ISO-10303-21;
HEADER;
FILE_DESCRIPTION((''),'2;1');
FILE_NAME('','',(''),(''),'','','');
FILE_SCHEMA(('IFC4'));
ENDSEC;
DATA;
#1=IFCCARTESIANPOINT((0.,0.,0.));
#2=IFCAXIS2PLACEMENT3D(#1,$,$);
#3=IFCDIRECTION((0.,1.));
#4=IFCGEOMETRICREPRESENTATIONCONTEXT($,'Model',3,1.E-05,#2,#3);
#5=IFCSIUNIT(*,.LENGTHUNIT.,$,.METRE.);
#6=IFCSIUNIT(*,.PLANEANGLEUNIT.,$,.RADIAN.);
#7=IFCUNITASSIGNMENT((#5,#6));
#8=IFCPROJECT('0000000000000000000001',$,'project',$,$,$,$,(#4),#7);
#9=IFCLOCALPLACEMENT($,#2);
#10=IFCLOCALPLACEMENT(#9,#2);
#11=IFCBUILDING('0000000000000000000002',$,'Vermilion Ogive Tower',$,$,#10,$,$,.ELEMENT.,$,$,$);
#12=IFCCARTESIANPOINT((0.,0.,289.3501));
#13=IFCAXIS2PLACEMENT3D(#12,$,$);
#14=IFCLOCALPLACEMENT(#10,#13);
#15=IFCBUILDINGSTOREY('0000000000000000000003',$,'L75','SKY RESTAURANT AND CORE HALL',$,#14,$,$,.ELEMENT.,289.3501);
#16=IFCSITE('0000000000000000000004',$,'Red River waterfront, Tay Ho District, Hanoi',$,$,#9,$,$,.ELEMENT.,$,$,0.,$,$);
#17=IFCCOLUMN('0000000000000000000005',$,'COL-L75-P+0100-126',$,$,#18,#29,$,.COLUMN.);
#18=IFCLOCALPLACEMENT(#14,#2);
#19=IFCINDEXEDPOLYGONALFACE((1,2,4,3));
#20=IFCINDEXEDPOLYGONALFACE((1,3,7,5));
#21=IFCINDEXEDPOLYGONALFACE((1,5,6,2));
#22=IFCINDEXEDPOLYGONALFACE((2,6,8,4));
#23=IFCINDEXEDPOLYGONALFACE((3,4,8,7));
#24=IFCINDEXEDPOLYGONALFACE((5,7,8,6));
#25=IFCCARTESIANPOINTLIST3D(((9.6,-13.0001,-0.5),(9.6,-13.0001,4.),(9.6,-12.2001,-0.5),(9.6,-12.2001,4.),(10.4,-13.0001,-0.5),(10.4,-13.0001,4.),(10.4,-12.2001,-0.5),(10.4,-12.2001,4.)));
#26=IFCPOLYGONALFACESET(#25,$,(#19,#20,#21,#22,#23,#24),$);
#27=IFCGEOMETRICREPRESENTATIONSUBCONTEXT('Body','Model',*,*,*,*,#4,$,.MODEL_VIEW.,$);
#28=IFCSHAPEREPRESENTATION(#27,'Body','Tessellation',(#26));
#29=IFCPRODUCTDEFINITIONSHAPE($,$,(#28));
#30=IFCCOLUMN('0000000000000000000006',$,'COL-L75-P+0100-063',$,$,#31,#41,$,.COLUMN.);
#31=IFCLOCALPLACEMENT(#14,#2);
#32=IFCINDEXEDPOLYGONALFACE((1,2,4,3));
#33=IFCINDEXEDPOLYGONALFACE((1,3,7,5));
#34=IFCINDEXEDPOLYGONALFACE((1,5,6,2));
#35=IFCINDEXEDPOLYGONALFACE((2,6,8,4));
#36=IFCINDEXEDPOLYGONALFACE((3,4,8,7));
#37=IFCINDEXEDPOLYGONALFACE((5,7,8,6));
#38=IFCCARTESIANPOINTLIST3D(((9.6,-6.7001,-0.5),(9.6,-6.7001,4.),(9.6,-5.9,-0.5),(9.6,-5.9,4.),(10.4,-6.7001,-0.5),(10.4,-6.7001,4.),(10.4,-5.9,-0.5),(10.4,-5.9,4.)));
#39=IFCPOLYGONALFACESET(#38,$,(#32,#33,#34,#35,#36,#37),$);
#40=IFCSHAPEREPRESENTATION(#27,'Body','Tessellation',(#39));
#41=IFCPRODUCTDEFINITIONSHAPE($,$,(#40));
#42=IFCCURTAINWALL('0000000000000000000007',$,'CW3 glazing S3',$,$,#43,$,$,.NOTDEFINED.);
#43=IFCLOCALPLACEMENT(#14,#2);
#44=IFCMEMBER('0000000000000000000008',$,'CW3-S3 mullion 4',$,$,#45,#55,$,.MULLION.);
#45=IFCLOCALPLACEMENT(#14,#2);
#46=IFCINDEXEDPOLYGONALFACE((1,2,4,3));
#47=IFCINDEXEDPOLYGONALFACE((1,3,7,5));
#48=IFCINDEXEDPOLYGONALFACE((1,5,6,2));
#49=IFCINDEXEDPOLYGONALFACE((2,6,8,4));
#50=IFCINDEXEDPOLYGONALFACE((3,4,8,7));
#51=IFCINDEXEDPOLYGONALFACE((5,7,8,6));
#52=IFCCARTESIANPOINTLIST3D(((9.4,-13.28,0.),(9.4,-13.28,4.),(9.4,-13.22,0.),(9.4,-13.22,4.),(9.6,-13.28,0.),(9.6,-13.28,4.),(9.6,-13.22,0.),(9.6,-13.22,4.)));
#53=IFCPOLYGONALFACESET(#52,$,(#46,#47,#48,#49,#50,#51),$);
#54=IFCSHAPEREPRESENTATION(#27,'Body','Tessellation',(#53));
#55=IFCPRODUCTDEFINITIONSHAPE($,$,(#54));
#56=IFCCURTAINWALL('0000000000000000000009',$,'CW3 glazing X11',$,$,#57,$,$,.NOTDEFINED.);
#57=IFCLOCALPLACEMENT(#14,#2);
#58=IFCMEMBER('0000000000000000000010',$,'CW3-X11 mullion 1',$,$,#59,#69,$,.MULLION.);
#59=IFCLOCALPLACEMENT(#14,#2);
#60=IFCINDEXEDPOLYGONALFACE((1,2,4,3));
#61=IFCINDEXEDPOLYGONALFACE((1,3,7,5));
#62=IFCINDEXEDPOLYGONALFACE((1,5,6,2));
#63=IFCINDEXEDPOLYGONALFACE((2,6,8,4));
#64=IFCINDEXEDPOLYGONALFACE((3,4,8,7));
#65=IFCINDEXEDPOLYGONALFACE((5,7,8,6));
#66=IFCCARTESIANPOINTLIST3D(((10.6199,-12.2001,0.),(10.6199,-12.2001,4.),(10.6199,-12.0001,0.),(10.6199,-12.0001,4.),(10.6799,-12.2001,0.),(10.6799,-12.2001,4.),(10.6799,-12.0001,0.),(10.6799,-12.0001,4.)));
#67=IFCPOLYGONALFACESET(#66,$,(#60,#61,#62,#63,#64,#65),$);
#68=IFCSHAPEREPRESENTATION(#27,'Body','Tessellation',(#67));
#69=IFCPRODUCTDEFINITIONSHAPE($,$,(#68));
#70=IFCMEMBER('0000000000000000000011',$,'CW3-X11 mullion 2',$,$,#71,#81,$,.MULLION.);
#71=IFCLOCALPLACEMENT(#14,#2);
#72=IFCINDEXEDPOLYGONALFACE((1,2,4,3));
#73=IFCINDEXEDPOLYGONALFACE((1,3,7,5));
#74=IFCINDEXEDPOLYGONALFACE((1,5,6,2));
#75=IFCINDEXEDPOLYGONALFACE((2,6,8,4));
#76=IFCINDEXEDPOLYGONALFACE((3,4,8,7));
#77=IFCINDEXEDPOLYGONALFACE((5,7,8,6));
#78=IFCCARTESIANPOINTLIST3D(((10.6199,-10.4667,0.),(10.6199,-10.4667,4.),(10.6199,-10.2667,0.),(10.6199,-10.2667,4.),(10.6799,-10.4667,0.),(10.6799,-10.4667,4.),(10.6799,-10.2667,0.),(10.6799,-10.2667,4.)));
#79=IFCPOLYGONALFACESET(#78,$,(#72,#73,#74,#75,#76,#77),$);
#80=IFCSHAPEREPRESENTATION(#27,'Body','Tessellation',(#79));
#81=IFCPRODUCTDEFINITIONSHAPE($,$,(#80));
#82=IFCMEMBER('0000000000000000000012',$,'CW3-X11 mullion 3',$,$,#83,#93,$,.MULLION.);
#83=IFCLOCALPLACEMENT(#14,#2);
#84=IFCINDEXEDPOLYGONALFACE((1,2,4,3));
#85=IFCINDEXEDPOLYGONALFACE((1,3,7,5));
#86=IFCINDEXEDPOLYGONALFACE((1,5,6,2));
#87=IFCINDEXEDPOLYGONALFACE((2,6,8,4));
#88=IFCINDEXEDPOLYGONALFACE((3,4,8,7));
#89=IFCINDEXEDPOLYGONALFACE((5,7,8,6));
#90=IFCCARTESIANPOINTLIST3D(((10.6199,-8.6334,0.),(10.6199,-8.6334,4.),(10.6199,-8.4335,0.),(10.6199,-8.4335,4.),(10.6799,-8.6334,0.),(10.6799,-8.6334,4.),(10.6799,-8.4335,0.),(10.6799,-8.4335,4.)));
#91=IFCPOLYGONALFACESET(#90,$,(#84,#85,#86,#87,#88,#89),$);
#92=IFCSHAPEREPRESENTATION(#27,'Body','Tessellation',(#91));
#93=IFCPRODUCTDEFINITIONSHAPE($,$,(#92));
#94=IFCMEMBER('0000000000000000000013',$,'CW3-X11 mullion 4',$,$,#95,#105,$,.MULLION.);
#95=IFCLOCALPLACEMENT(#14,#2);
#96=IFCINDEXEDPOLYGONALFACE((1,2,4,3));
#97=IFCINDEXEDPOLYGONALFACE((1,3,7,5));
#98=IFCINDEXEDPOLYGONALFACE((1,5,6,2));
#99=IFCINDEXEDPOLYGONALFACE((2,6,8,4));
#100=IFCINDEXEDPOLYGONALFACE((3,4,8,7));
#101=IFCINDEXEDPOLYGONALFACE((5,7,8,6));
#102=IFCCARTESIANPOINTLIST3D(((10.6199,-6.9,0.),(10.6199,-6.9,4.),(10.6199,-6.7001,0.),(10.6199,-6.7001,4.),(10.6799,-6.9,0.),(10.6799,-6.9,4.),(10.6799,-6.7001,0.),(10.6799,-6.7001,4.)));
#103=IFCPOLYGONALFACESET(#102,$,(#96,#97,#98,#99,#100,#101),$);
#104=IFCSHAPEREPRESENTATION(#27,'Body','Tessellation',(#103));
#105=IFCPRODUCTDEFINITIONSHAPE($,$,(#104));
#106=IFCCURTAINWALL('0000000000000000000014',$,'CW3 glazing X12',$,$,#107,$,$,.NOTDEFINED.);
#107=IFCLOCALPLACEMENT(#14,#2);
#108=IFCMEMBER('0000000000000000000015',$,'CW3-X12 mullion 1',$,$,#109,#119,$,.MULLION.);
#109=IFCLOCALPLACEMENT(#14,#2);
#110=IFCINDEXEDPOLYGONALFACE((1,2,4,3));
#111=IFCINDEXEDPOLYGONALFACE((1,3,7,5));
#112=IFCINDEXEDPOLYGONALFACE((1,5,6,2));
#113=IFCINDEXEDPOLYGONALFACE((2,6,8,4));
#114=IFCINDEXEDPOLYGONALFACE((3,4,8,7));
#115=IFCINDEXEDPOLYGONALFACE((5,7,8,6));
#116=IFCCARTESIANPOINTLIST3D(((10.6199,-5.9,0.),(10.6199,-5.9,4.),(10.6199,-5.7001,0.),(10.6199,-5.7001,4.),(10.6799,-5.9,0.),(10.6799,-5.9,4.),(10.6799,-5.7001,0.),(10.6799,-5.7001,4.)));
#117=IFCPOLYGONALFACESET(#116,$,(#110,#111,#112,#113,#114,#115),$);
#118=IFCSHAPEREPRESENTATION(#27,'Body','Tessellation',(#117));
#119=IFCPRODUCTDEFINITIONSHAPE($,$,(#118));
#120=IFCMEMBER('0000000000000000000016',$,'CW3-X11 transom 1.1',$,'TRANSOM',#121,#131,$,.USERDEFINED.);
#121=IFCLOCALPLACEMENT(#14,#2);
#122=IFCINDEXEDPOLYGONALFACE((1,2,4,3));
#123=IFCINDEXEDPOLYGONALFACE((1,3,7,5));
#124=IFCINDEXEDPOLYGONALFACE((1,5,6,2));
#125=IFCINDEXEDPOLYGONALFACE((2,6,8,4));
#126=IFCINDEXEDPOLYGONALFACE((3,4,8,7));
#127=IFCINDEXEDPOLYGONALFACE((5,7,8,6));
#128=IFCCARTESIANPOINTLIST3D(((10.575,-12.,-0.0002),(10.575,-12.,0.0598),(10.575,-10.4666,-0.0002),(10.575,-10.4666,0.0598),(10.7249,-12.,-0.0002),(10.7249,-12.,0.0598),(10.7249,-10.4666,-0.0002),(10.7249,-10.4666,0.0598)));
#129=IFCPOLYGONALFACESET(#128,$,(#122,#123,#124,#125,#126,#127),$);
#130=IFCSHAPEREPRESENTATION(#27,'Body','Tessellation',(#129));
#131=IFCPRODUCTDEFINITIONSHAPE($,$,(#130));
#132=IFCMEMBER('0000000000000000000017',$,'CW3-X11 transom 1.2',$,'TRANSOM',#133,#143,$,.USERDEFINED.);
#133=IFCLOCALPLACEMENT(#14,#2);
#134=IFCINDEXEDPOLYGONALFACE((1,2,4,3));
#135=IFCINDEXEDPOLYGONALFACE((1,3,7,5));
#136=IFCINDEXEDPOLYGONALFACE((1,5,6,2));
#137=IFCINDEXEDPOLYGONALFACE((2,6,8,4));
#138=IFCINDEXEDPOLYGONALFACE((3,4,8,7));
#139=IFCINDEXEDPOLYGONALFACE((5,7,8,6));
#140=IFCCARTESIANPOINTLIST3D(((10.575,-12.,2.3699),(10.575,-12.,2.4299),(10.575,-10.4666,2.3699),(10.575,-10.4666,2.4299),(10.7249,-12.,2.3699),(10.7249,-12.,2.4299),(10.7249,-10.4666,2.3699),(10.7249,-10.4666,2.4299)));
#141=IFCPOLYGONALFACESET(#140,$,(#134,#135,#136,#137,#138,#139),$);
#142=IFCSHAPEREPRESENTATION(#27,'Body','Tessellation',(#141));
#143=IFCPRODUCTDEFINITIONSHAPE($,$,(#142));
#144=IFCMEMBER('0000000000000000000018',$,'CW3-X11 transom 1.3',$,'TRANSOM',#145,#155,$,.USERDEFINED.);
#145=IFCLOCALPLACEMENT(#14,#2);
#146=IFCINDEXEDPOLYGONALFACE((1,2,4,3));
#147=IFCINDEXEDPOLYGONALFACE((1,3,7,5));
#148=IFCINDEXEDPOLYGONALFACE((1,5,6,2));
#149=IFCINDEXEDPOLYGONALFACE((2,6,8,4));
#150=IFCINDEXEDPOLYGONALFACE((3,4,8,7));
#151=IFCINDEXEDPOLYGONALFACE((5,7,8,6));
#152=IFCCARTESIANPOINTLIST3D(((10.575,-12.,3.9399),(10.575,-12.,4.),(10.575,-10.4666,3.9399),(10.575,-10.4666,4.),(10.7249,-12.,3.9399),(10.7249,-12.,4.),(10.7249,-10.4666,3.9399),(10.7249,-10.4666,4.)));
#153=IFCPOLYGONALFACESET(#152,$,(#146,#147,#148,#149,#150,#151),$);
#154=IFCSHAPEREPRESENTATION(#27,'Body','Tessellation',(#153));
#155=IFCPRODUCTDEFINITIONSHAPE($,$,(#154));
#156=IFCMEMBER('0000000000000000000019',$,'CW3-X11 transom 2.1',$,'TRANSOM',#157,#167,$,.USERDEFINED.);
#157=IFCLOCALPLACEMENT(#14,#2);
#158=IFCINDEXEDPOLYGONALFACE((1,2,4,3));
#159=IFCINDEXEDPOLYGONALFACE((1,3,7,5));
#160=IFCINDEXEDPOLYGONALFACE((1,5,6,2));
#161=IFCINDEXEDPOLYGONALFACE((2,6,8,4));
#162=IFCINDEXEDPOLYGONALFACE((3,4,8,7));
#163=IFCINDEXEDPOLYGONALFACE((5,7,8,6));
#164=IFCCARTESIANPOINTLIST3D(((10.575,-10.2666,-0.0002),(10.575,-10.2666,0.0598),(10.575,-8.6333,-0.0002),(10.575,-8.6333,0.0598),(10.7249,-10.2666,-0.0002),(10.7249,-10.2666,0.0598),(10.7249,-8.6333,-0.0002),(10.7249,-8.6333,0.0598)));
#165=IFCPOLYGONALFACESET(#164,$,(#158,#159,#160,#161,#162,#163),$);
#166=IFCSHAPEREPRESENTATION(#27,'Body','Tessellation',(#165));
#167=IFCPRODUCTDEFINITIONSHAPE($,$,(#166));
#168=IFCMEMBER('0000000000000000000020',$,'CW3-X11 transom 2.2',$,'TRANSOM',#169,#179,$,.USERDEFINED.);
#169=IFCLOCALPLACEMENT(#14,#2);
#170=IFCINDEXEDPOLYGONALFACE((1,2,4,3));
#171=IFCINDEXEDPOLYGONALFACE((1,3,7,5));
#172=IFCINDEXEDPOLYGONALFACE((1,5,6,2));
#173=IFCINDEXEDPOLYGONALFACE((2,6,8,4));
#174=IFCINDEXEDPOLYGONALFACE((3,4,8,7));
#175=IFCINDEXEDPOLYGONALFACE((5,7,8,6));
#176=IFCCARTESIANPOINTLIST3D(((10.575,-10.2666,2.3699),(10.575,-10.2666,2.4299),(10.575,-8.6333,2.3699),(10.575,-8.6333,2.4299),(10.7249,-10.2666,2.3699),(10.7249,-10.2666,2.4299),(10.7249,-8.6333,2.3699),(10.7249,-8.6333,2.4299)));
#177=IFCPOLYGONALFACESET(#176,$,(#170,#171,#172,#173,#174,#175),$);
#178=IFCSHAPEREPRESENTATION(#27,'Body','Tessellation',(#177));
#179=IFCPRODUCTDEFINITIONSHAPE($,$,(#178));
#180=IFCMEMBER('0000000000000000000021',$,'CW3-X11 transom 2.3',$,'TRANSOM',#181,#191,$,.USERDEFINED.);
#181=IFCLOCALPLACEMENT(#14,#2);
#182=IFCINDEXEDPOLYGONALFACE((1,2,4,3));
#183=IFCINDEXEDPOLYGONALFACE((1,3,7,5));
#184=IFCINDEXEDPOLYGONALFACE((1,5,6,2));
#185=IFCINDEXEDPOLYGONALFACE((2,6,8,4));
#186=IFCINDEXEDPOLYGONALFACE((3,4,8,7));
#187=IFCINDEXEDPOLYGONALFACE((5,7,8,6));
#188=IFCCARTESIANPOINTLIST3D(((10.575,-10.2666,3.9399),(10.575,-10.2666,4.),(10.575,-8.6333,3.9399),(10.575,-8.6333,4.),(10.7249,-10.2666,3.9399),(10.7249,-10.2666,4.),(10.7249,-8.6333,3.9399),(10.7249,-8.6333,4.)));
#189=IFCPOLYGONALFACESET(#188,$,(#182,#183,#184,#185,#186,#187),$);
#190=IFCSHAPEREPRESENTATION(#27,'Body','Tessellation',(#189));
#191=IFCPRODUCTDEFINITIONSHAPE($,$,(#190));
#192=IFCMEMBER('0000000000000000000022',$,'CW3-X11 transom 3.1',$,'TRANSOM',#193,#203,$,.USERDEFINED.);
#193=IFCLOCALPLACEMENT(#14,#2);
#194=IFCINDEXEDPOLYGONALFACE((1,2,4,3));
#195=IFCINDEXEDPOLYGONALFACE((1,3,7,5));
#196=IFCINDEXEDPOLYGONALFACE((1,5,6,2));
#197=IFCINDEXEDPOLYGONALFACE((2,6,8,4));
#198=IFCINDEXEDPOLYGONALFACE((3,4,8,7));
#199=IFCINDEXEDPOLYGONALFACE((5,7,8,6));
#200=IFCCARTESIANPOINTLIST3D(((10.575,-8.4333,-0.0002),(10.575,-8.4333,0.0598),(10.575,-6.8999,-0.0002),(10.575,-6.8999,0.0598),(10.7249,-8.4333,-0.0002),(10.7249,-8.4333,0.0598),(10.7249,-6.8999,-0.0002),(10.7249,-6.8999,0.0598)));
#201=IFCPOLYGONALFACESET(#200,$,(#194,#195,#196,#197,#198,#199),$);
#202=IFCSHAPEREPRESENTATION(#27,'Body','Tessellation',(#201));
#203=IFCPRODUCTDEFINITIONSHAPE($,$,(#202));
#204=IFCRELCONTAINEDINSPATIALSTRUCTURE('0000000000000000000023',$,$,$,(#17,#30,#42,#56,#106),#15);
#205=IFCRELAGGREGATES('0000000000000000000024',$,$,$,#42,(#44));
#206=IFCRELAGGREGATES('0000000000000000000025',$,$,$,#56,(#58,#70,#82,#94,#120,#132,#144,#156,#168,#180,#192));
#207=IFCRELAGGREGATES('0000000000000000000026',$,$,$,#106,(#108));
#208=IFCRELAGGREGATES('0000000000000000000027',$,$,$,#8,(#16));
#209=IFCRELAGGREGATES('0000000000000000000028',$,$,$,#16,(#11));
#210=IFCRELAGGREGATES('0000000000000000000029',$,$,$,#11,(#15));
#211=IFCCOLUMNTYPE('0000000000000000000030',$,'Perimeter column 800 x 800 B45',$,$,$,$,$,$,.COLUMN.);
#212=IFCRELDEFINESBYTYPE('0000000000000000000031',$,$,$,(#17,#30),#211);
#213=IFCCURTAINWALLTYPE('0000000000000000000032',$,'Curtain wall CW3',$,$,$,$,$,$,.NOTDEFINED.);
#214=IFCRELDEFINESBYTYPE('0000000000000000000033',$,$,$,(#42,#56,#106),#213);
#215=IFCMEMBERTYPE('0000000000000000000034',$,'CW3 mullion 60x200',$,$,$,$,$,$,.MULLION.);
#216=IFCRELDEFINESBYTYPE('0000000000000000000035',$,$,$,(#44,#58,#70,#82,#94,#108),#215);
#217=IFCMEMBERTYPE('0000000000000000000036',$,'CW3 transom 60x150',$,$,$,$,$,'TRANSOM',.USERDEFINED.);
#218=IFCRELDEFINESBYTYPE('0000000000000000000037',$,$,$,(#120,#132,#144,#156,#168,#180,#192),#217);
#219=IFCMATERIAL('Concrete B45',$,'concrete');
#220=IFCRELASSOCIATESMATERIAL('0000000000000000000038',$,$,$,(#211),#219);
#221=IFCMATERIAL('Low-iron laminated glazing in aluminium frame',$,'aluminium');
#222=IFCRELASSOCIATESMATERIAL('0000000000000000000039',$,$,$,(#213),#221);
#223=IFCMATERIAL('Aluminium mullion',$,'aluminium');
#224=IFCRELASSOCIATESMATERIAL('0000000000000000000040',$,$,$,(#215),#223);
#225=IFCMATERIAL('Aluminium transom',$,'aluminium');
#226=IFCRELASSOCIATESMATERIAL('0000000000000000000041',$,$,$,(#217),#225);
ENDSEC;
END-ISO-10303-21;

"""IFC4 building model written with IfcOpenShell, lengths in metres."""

from ifc_helpers import new_model, si_unit, direction, frame, origin, origin_2d, place, context, subcontext, project, spatial, rectangle, extrude, material, material_profile, profile_set, type_object, element, aggregate, save


model = new_model("IFC4")

# Units and contexts
model_context = context("Model", 3, precision=1e-05, world=origin(), true_north=direction((0.0, 1.0)))
body_context = subcontext(model_context, "Body", "Model", "MODEL_VIEW")
ifc_project = project(units=[si_unit("LENGTHUNIT", "METRE"), si_unit("PLANEANGLEUNIT", "RADIAN")], contexts=[model_context])

# Site, building, storey
site_placement = place(None, origin())
site = spatial("IfcSite", under=ifc_project, at=site_placement, Name="Red River waterfront, Tay Ho District, Hanoi", CompositionType="ELEMENT", RefElevation=0.0)
building_placement = place(site_placement, origin())
building = spatial("IfcBuilding", under=site, at=building_placement, Name="Vermilion Ogive Tower", CompositionType="ELEMENT")
storey_placement = place(building_placement, frame((0.0, 0.0, 289.3501)))
storey = spatial("IfcBuildingStorey", under=building, at=storey_placement, Name="L75", Description="SKY RESTAURANT AND CORE HALL", CompositionType="ELEMENT", Elevation=289.3501)

# Columns
ifc_material_1 = material(Name="Concrete B45", Category="concrete")
ifc_material_profile_1 = material_profile(ifc_material_1, rectangle(XDim=0.8, YDim=0.8, at=origin_2d()), Name="800 x 800")
ifc_profile_set_1 = profile_set([ifc_material_profile_1], Name="Concrete B45")
column_type = type_object("IfcColumnType", Name="Perimeter column 800 x 800 B45", PredefinedType="COLUMN", material=ifc_profile_set_1)
for number, where, z_axis, x_axis, name in (
    (1, (10.0, -12.6001, -0.5), (0.0, 0.0, 1.0), (1.0, 0.0, 0.0), "COL-L75-P+0100-126"),
    (2, (10.0, -6.3, -0.5), (0.0, 0.0, 1.0), (1.0, 0.0, 0.0), "COL-L75-P+0100-063"),
):
    element("IfcColumn", number, at=place(storey_placement, frame(where, z_axis=z_axis, x_axis=x_axis)), inside=storey, type_object=column_type, Name=name, PredefinedType="COLUMN", context=body_context, shape_type="SweptSolid", body=[
        extrude(rectangle(XDim=0.8, YDim=0.8, at=origin_2d()), origin(), (0.0, 0.0, 1.0), 4.5),
    ])

# Curtain wall, member
ifc_material_2 = material(Name="Low-iron laminated glazing in aluminium frame", Category="aluminium")
curtain_wall_type = type_object("IfcCurtainWallType", Name="Curtain wall CW3", PredefinedType="NOTDEFINED", material=ifc_material_2)
curtain_wall_1_placement = place(storey_placement, origin())
curtain_wall_1 = element("IfcCurtainWall", 3, at=curtain_wall_1_placement, inside=storey, type_object=curtain_wall_type, Name="CW3 glazing S3", PredefinedType="NOTDEFINED")
ifc_material_3 = material(Name="Aluminium mullion", Category="aluminium")
ifc_material_profile_2 = material_profile(ifc_material_3, rectangle(XDim=0.0601, YDim=0.2, at=origin_2d()), Name="AL 60x200")
ifc_profile_set_2 = profile_set([ifc_material_profile_2], Name="Aluminium mullion")
member_type_1 = type_object("IfcMemberType", Name="CW3 mullion 60x200", PredefinedType="MULLION", material=ifc_profile_set_2)
member_1_placement = place(storey_placement, frame((9.5, -13.25, 0.0), z_axis=(0.0, 0.0, 1.0), x_axis=(0.0, 1.0, 0.0)))
member_1 = element("IfcMember", 4, at=member_1_placement, type_object=member_type_1, Name="CW3-S3 mullion 4", PredefinedType="MULLION", context=body_context, shape_type="SweptSolid", body=[
    extrude(rectangle(XDim=0.0601, YDim=0.2, at=origin_2d()), origin(), (0.0, 0.0, 1.0), 4.0),
])

# Curtain wall, members
curtain_wall_2_placement = place(storey_placement, origin())
curtain_wall_2 = element("IfcCurtainWall", 5, at=curtain_wall_2_placement, inside=storey, type_object=curtain_wall_type, Name="CW3 glazing X11", PredefinedType="NOTDEFINED")
member_2_placement = place(storey_placement, frame((10.6499, -12.1001, 0.0), z_axis=(0.0, 0.0, 1.0), x_axis=(-1.0, 0.0, 0.0)))
member_2 = element("IfcMember", 6, at=member_2_placement, type_object=member_type_1, Name="CW3-X11 mullion 1", PredefinedType="MULLION", context=body_context, shape_type="SweptSolid", body=[
    extrude(rectangle(XDim=0.0601, YDim=0.2, at=origin_2d()), origin(), (0.0, 0.0, 1.0), 4.0),
])
member_3_placement = place(storey_placement, frame((10.6499, -10.3667, 0.0), z_axis=(0.0, 0.0, 1.0), x_axis=(-1.0, 0.0, 0.0)))
member_3 = element("IfcMember", 7, at=member_3_placement, type_object=member_type_1, Name="CW3-X11 mullion 2", PredefinedType="MULLION", context=body_context, shape_type="SweptSolid", body=[
    extrude(rectangle(XDim=0.0601, YDim=0.2, at=origin_2d()), origin(), (0.0, 0.0, 1.0), 4.0),
])
member_4_placement = place(storey_placement, frame((10.6499, -8.5334, 0.0), z_axis=(0.0, 0.0, 1.0), x_axis=(-1.0, 0.0, 0.0)))
member_4 = element("IfcMember", 8, at=member_4_placement, type_object=member_type_1, Name="CW3-X11 mullion 3", PredefinedType="MULLION", context=body_context, shape_type="SweptSolid", body=[
    extrude(rectangle(XDim=0.0601, YDim=0.2, at=origin_2d()), origin(), (0.0, 0.0, 1.0), 4.0),
])
member_5_placement = place(storey_placement, frame((10.6499, -6.8, 0.0), z_axis=(0.0, 0.0, 1.0), x_axis=(-1.0, 0.0, 0.0)))
member_5 = element("IfcMember", 9, at=member_5_placement, type_object=member_type_1, Name="CW3-X11 mullion 4", PredefinedType="MULLION", context=body_context, shape_type="SweptSolid", body=[
    extrude(rectangle(XDim=0.0601, YDim=0.2, at=origin_2d()), origin(), (0.0, 0.0, 1.0), 4.0),
])

# Curtain wall, member
curtain_wall_3_placement = place(storey_placement, origin())
curtain_wall_3 = element("IfcCurtainWall", 10, at=curtain_wall_3_placement, inside=storey, type_object=curtain_wall_type, Name="CW3 glazing X12", PredefinedType="NOTDEFINED")
member_6_placement = place(storey_placement, frame((10.6499, -5.8, 0.0), z_axis=(0.0, 0.0, 1.0), x_axis=(-1.0, 0.0, 0.0)))
member_6 = element("IfcMember", 11, at=member_6_placement, type_object=member_type_1, Name="CW3-X12 mullion 1", PredefinedType="MULLION", context=body_context, shape_type="SweptSolid", body=[
    extrude(rectangle(XDim=0.0601, YDim=0.2, at=origin_2d()), origin(), (0.0, 0.0, 1.0), 4.0),
])

# Members
ifc_material_4 = material(Name="Aluminium transom", Category="aluminium")
ifc_material_profile_3 = material_profile(ifc_material_4, rectangle(XDim=0.1499, YDim=0.0601, at=origin_2d()), Name="AL 60x150")
ifc_profile_set_3 = profile_set([ifc_material_profile_3], Name="Aluminium transom")
member_type_2 = type_object("IfcMemberType", Name="CW3 transom 60x150", ElementType="TRANSOM", PredefinedType="USERDEFINED", material=ifc_profile_set_3)
member_7_placement = place(storey_placement, frame((10.6499, -12.0, 0.0298), z_axis=(0.0, 1.0, 0.0), x_axis=(-1.0, 0.0, 0.0)))
member_7 = element("IfcMember", 12, at=member_7_placement, type_object=member_type_2, Name="CW3-X11 transom 1.1", ObjectType="TRANSOM", PredefinedType="USERDEFINED", context=body_context, shape_type="SweptSolid", body=[
    extrude(rectangle(XDim=0.1499, YDim=0.0601, at=origin_2d()), origin(), (0.0, 0.0, 1.0), 1.5334),
])
member_8_placement = place(storey_placement, frame((10.6499, -12.0, 2.3999), z_axis=(0.0, 1.0, 0.0), x_axis=(-1.0, 0.0, 0.0)))
member_8 = element("IfcMember", 13, at=member_8_placement, type_object=member_type_2, Name="CW3-X11 transom 1.2", ObjectType="TRANSOM", PredefinedType="USERDEFINED", context=body_context, shape_type="SweptSolid", body=[
    extrude(rectangle(XDim=0.1499, YDim=0.0601, at=origin_2d()), origin(), (0.0, 0.0, 1.0), 1.5334),
])
member_9_placement = place(storey_placement, frame((10.6499, -12.0, 3.97), z_axis=(0.0, 1.0, 0.0), x_axis=(-1.0, 0.0, 0.0)))
member_9 = element("IfcMember", 14, at=member_9_placement, type_object=member_type_2, Name="CW3-X11 transom 1.3", ObjectType="TRANSOM", PredefinedType="USERDEFINED", context=body_context, shape_type="SweptSolid", body=[
    extrude(rectangle(XDim=0.1499, YDim=0.0601, at=origin_2d()), origin(), (0.0, 0.0, 1.0), 1.5334),
])
member_10_placement = place(storey_placement, frame((10.6499, -10.2666, 0.0298), z_axis=(0.0, 1.0, 0.0), x_axis=(-1.0, 0.0, 0.0)))
member_10 = element("IfcMember", 15, at=member_10_placement, type_object=member_type_2, Name="CW3-X11 transom 2.1", ObjectType="TRANSOM", PredefinedType="USERDEFINED", context=body_context, shape_type="SweptSolid", body=[
    extrude(rectangle(XDim=0.1499, YDim=0.0601, at=origin_2d()), origin(), (0.0, 0.0, 1.0), 1.6333),
])
member_11_placement = place(storey_placement, frame((10.6499, -10.2666, 2.3999), z_axis=(0.0, 1.0, 0.0), x_axis=(-1.0, 0.0, 0.0)))
member_11 = element("IfcMember", 16, at=member_11_placement, type_object=member_type_2, Name="CW3-X11 transom 2.2", ObjectType="TRANSOM", PredefinedType="USERDEFINED", context=body_context, shape_type="SweptSolid", body=[
    extrude(rectangle(XDim=0.1499, YDim=0.0601, at=origin_2d()), origin(), (0.0, 0.0, 1.0), 1.6333),
])
member_12_placement = place(storey_placement, frame((10.6499, -10.2666, 3.97), z_axis=(0.0, 1.0, 0.0), x_axis=(-1.0, 0.0, 0.0)))
member_12 = element("IfcMember", 17, at=member_12_placement, type_object=member_type_2, Name="CW3-X11 transom 2.3", ObjectType="TRANSOM", PredefinedType="USERDEFINED", context=body_context, shape_type="SweptSolid", body=[
    extrude(rectangle(XDim=0.1499, YDim=0.0601, at=origin_2d()), origin(), (0.0, 0.0, 1.0), 1.6333),
])
member_13_placement = place(storey_placement, frame((10.6499, -8.4333, 0.0298), z_axis=(0.0, 1.0, 0.0), x_axis=(-1.0, 0.0, 0.0)))
member_13 = element("IfcMember", 18, at=member_13_placement, type_object=member_type_2, Name="CW3-X11 transom 3.1", ObjectType="TRANSOM", PredefinedType="USERDEFINED", context=body_context, shape_type="SweptSolid", body=[
    extrude(rectangle(XDim=0.1499, YDim=0.0601, at=origin_2d()), origin(), (0.0, 0.0, 1.0), 1.5334),
])

aggregate(curtain_wall_1, [member_1])
aggregate(curtain_wall_2, [member_2, member_3, member_4, member_5, member_7, member_8, member_9, member_10, member_11, member_12, member_13])
aggregate(curtain_wall_3, [member_6])

save(model, "model.ifc")
